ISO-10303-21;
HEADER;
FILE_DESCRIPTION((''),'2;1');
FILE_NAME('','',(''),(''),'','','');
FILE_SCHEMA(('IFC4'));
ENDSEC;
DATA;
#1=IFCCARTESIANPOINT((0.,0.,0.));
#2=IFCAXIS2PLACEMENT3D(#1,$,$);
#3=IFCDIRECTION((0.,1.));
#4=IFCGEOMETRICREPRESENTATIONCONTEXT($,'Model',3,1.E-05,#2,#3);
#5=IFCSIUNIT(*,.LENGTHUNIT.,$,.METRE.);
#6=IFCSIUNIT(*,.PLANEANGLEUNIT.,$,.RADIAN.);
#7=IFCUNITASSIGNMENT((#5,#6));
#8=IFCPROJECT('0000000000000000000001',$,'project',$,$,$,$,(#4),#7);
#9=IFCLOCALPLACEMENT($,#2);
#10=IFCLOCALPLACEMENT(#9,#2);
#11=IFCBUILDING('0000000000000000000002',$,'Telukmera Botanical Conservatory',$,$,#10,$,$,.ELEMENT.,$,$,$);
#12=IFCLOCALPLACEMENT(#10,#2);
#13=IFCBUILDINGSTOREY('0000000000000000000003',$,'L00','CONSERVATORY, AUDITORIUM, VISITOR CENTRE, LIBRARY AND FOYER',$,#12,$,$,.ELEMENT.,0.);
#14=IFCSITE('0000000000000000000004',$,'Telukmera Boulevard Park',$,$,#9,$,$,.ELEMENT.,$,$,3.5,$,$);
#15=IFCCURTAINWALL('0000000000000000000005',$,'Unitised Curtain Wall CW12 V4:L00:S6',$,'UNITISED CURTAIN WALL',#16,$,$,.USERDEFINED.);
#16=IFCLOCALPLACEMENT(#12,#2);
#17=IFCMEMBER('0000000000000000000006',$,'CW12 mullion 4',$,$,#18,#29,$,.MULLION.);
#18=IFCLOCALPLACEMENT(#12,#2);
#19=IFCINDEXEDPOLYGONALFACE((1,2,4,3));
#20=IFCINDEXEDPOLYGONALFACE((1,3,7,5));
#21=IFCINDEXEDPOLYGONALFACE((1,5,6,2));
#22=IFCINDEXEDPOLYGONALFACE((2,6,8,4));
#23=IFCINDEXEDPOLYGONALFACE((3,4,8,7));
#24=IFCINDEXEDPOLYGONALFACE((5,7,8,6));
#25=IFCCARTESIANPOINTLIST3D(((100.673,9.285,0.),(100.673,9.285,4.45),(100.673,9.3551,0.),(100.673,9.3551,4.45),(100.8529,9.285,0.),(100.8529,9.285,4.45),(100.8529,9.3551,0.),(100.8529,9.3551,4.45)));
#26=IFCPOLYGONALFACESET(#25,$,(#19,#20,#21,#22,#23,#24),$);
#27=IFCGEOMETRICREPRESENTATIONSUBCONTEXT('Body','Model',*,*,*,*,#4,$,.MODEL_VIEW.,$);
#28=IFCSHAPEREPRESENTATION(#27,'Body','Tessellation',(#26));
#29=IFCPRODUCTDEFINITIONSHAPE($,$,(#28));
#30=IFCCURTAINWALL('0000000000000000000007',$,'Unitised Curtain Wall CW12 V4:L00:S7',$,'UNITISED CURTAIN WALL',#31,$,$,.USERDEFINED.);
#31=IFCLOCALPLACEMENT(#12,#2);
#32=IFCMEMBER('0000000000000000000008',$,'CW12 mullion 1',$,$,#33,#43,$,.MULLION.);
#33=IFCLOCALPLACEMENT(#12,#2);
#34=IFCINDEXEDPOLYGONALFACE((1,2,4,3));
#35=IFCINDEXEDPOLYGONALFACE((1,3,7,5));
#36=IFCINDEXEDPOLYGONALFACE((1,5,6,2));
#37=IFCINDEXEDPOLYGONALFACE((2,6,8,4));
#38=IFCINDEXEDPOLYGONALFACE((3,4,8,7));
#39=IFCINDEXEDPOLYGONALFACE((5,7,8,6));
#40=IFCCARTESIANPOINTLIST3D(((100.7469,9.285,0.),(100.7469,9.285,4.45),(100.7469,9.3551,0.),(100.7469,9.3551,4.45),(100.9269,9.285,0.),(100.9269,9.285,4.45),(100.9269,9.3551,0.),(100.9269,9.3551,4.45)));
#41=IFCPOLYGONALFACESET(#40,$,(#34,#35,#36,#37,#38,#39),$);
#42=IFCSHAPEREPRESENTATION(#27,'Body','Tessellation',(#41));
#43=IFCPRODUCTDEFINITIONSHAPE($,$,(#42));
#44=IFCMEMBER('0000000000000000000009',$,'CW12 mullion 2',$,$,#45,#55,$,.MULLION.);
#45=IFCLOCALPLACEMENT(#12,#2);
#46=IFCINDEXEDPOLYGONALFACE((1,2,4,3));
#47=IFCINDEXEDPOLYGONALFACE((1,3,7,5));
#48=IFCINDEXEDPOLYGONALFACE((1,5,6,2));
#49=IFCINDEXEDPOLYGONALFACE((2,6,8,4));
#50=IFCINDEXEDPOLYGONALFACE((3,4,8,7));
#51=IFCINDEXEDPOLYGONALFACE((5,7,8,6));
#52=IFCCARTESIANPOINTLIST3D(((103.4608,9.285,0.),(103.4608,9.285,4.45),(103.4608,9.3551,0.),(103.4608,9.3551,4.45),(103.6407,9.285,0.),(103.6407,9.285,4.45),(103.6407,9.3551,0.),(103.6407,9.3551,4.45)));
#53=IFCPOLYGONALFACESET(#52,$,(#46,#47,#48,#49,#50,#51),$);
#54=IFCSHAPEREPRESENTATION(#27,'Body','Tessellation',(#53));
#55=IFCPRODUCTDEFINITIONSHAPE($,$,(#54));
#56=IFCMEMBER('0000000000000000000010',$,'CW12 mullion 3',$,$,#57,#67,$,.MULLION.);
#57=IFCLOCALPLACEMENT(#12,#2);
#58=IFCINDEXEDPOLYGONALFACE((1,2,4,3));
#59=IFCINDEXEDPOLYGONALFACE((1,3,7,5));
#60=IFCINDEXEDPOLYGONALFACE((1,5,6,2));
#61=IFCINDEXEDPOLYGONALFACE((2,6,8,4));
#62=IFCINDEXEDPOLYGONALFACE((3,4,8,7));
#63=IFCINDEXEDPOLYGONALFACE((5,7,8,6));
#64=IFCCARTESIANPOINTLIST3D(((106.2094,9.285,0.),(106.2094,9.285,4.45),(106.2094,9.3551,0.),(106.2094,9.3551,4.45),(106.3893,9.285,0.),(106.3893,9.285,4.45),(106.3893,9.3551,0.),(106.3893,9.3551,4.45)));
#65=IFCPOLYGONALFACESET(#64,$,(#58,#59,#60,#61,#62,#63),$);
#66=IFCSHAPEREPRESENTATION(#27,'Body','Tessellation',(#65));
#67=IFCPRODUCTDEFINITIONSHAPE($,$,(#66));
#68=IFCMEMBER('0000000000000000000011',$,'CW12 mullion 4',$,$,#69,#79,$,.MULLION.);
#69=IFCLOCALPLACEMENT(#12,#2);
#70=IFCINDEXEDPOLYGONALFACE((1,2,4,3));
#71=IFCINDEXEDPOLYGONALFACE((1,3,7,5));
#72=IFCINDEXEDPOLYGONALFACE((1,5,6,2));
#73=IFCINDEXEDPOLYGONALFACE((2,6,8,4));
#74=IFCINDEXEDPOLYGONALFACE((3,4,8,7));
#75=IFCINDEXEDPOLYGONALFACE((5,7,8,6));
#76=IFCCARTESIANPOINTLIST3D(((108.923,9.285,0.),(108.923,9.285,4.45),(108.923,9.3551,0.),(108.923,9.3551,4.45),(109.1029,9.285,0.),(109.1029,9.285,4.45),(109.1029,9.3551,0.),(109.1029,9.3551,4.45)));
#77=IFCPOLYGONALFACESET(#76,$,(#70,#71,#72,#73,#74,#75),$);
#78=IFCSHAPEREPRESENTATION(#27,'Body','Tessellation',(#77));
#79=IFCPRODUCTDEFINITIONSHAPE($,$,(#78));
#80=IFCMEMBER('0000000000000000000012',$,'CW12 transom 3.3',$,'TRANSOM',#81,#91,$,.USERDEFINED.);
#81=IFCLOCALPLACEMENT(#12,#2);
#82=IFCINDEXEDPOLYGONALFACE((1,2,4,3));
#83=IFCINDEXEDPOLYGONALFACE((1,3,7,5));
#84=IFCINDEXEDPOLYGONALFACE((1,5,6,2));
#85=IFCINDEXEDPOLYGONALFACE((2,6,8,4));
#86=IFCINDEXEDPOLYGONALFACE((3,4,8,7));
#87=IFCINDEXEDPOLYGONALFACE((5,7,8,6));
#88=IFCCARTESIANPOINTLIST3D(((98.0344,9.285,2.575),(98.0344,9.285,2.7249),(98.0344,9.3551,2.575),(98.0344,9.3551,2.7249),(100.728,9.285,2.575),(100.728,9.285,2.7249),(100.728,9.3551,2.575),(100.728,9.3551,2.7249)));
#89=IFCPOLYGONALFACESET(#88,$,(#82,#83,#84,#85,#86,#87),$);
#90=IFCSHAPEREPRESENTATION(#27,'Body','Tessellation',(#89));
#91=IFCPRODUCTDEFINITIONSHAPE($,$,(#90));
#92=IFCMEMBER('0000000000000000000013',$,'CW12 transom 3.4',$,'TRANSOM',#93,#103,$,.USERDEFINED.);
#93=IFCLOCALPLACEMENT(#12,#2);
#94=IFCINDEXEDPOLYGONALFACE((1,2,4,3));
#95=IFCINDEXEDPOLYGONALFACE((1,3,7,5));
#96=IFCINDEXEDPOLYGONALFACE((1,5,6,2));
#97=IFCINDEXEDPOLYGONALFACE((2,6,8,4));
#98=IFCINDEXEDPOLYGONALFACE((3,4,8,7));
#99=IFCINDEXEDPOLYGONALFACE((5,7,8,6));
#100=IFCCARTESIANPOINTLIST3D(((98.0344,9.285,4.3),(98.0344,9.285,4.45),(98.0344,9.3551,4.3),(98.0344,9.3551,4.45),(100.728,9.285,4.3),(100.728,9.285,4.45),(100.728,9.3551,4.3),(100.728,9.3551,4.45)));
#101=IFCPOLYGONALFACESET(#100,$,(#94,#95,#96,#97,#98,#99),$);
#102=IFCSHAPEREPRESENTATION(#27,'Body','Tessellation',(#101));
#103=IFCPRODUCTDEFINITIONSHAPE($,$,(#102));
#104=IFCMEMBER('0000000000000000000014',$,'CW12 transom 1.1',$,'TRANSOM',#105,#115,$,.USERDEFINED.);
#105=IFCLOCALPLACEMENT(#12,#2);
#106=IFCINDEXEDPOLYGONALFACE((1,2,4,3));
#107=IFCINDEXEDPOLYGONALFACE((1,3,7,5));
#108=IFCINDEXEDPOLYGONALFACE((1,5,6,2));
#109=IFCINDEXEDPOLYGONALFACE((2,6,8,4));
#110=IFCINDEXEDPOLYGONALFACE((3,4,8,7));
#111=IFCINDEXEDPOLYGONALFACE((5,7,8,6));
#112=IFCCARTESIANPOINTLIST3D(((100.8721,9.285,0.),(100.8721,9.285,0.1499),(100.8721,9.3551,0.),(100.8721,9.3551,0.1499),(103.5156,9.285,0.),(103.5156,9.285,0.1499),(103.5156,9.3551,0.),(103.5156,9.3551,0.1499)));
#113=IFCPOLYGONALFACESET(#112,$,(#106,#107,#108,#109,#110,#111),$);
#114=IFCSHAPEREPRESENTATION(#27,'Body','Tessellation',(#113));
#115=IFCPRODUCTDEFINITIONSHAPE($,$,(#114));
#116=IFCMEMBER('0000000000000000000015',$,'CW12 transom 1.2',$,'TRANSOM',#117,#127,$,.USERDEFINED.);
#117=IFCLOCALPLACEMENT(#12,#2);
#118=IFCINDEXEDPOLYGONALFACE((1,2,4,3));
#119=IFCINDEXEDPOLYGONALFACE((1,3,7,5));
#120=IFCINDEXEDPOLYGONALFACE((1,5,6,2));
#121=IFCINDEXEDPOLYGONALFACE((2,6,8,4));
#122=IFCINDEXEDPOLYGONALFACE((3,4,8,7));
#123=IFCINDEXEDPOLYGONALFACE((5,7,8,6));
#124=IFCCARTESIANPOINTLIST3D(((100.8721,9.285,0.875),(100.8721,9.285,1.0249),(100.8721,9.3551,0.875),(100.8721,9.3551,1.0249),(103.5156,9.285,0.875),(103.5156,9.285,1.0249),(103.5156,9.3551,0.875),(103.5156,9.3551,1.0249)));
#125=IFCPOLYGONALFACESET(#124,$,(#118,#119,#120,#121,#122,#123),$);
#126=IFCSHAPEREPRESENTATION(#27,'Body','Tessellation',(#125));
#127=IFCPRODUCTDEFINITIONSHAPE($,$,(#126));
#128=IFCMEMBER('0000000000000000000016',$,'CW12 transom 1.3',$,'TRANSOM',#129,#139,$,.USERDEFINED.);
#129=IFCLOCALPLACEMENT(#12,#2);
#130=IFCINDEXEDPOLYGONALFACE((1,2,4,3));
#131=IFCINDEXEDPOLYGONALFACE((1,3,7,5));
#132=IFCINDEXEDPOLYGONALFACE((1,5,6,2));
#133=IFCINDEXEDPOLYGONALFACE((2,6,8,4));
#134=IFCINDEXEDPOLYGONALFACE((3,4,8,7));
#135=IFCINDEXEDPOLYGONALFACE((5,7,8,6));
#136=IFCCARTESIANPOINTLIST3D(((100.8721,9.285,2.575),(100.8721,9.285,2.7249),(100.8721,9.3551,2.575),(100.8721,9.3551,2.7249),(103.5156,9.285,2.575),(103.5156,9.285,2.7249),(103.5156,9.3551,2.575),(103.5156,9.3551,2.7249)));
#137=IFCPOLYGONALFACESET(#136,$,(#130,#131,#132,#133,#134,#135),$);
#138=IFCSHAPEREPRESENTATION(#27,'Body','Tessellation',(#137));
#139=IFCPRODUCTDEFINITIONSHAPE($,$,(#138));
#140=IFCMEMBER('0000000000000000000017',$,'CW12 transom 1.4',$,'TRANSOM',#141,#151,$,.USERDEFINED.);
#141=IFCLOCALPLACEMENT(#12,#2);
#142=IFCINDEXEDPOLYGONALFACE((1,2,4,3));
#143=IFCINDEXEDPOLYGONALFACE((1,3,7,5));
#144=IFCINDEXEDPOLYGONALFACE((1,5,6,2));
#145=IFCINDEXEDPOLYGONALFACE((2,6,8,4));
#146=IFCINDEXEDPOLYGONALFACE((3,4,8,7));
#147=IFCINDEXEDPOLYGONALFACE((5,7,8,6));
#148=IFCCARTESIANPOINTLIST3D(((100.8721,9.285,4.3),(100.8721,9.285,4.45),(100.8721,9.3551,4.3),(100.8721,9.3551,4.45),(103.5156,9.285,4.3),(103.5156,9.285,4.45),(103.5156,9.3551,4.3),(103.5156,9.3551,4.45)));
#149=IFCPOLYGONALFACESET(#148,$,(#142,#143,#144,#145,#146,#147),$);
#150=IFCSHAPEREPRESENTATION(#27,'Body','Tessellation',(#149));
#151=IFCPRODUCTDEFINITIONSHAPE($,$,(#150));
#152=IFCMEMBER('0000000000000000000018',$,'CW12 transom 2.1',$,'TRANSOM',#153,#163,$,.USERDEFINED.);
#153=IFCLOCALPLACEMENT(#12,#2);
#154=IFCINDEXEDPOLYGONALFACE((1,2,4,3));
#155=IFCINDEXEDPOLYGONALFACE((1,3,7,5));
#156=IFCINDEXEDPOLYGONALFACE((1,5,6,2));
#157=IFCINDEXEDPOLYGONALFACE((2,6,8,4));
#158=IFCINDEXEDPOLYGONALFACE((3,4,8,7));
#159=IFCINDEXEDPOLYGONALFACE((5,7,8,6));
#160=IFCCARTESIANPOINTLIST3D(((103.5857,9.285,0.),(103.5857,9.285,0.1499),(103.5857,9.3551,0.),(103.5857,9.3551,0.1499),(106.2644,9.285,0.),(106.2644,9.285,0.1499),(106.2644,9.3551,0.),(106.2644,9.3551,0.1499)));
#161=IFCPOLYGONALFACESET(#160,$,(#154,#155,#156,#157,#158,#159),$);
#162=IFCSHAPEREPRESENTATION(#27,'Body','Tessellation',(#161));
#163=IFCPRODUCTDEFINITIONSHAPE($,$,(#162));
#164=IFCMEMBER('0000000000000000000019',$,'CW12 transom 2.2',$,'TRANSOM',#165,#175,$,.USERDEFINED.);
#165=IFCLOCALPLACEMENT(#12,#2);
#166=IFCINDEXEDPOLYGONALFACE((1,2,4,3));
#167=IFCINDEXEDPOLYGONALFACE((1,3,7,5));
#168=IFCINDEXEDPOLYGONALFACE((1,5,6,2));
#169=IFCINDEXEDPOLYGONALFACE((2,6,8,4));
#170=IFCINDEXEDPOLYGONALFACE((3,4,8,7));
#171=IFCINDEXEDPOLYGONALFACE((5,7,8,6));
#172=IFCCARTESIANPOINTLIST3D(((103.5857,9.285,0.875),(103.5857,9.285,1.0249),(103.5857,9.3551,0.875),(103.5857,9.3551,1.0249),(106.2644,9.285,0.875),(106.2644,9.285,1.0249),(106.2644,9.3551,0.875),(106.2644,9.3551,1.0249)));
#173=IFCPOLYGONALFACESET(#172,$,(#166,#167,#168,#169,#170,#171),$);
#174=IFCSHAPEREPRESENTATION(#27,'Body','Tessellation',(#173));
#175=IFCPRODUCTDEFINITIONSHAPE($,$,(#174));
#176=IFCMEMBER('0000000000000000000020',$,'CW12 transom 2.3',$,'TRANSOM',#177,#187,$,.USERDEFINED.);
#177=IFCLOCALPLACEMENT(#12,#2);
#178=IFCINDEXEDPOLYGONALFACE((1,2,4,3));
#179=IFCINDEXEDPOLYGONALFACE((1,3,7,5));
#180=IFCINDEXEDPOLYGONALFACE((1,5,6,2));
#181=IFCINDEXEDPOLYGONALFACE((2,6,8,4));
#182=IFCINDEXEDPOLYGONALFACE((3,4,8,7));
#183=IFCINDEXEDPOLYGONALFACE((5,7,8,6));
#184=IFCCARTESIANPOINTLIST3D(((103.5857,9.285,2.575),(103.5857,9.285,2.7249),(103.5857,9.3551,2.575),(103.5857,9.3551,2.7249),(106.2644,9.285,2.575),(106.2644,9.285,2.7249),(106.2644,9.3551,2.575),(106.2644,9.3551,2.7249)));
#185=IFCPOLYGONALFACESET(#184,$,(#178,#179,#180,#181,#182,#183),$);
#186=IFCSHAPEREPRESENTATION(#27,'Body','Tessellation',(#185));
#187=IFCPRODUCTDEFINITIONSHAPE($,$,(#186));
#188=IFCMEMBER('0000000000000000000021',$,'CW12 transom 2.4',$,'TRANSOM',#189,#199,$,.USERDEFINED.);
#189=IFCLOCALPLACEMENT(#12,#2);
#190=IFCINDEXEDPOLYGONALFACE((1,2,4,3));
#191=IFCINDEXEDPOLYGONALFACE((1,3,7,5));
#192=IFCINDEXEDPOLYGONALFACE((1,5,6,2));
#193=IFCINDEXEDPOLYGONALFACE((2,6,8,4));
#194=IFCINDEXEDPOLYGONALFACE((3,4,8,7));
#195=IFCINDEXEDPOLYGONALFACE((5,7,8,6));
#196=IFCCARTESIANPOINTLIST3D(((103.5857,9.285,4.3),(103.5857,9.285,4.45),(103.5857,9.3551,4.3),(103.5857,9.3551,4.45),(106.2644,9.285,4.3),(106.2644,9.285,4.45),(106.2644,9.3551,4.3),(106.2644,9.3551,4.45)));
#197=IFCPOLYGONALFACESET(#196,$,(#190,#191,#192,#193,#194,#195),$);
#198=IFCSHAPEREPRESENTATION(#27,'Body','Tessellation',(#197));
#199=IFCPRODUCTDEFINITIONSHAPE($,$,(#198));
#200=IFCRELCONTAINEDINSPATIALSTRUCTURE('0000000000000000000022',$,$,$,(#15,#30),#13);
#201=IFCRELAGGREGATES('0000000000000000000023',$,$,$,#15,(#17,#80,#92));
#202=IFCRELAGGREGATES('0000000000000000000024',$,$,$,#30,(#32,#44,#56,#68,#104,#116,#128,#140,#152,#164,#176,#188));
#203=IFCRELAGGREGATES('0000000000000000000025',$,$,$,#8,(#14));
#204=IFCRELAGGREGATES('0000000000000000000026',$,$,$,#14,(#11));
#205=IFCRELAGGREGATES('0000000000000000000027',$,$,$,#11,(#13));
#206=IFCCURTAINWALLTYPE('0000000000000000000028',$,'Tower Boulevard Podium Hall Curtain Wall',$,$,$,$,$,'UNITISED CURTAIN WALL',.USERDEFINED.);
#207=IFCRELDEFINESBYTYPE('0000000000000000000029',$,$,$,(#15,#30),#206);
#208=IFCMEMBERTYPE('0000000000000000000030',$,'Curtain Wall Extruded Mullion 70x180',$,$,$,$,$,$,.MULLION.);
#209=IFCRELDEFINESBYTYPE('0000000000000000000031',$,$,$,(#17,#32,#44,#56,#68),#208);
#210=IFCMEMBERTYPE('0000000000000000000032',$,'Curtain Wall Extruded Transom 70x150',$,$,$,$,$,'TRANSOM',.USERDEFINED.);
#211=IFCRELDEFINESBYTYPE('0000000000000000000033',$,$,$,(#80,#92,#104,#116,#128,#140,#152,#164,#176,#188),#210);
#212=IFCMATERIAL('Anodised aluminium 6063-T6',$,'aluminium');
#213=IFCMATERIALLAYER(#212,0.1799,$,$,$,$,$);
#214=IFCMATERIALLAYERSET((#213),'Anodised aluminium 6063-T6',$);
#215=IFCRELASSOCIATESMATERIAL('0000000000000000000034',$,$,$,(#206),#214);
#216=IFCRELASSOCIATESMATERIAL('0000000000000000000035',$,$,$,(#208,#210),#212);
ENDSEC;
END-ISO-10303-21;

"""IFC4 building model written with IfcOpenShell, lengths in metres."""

from ifc_helpers import new_model, si_unit, direction, frame, origin, origin_2d, place, context, subcontext, project, spatial, rectangle, extrude, material, layer, layer_set, material_profile, profile_set, type_object, element, aggregate, save


model = new_model("IFC4")

# Units and contexts
model_context = context("Model", 3, precision=1e-05, world=origin(), true_north=direction((0.0, 1.0)))
body_context = subcontext(model_context, "Body", "Model", "MODEL_VIEW")
ifc_project = project(units=[si_unit("LENGTHUNIT", "METRE"), si_unit("PLANEANGLEUNIT", "RADIAN")], contexts=[model_context])

# Site, building, storey
site_placement = place(None, origin())
site = spatial("IfcSite", under=ifc_project, at=site_placement, Name="Telukmera Boulevard Park", CompositionType="ELEMENT", RefElevation=3.5)
building_placement = place(site_placement, origin())
building = spatial("IfcBuilding", under=site, at=building_placement, Name="Telukmera Botanical Conservatory", CompositionType="ELEMENT")
storey_placement = place(building_placement, origin())
storey = spatial("IfcBuildingStorey", under=building, at=storey_placement, Name="L00", Description="CONSERVATORY, AUDITORIUM, VISITOR CENTRE, LIBRARY AND FOYER", CompositionType="ELEMENT", Elevation=0.0)

# Curtain wall, member
ifc_material_1 = material(Name="Anodised aluminium 6063-T6", Category="aluminium")
ifc_layer_1 = layer(ifc_material_1, 0.1799)
ifc_layer_set_1 = layer_set([ifc_layer_1], Name="Anodised aluminium 6063-T6")
curtain_wall_type = type_object("IfcCurtainWallType", Name="Tower Boulevard Podium Hall Curtain Wall", ElementType="UNITISED CURTAIN WALL", PredefinedType="USERDEFINED", material=ifc_layer_set_1)
curtain_wall_1_placement = place(storey_placement, origin())
curtain_wall_1 = element("IfcCurtainWall", 1, at=curtain_wall_1_placement, inside=storey, type_object=curtain_wall_type, Name="Unitised Curtain Wall CW12 V4:L00:S6", ObjectType="UNITISED CURTAIN WALL", PredefinedType="USERDEFINED")
ifc_material_profile_1 = material_profile(ifc_material_1, rectangle(XDim=0.0701, YDim=0.1799, at=origin_2d()), Name="ALU MULL 70x180")
ifc_profile_set_1 = profile_set([ifc_material_profile_1], Name="Anodised aluminium 6063-T6")
member_type_1 = type_object("IfcMemberType", Name="Curtain Wall Extruded Mullion 70x180", PredefinedType="MULLION", material=ifc_profile_set_1)
member_1_placement = place(storey_placement, frame((100.7629, 9.3201, 0.0), z_axis=(0.0, 0.0, 1.0), x_axis=(0.0, 1.0, 0.0)))
member_1 = element("IfcMember", 2, at=member_1_placement, type_object=member_type_1, Name="CW12 mullion 4", PredefinedType="MULLION", context=body_context, shape_type="SweptSolid", body=[
    extrude(rectangle(XDim=0.0701, YDim=0.1799, at=origin_2d()), origin(), (0.0, 0.0, 1.0), 4.45),
])

# Curtain wall, members
curtain_wall_2_placement = place(storey_placement, origin())
curtain_wall_2 = element("IfcCurtainWall", 3, at=curtain_wall_2_placement, inside=storey, type_object=curtain_wall_type, Name="Unitised Curtain Wall CW12 V4:L00:S7", ObjectType="UNITISED CURTAIN WALL", PredefinedType="USERDEFINED")
member_2_placement = place(storey_placement, frame((100.8369, 9.3201, 0.0), z_axis=(0.0, 0.0, 1.0), x_axis=(0.0, 1.0, 0.0)))
member_2 = element("IfcMember", 4, at=member_2_placement, type_object=member_type_1, Name="CW12 mullion 1", PredefinedType="MULLION", context=body_context, shape_type="SweptSolid", body=[
    extrude(rectangle(XDim=0.0701, YDim=0.1799, at=origin_2d()), origin(), (0.0, 0.0, 1.0), 4.45),
])
member_3_placement = place(storey_placement, frame((103.5508, 9.3201, 0.0), z_axis=(0.0, 0.0, 1.0), x_axis=(0.0, 1.0, 0.0)))
member_3 = element("IfcMember", 5, at=member_3_placement, type_object=member_type_1, Name="CW12 mullion 2", PredefinedType="MULLION", context=body_context, shape_type="SweptSolid", body=[
    extrude(rectangle(XDim=0.0701, YDim=0.1799, at=origin_2d()), origin(), (0.0, 0.0, 1.0), 4.45),
])
member_4_placement = place(storey_placement, frame((106.2993, 9.3201, 0.0), z_axis=(0.0, 0.0, 1.0), x_axis=(0.0, 1.0, 0.0)))
member_4 = element("IfcMember", 6, at=member_4_placement, type_object=member_type_1, Name="CW12 mullion 3", PredefinedType="MULLION", context=body_context, shape_type="SweptSolid", body=[
    extrude(rectangle(XDim=0.0701, YDim=0.1799, at=origin_2d()), origin(), (0.0, 0.0, 1.0), 4.45),
])
member_5_placement = place(storey_placement, frame((109.0129, 9.3201, 0.0), z_axis=(0.0, 0.0, 1.0), x_axis=(0.0, 1.0, 0.0)))
member_5 = element("IfcMember", 7, at=member_5_placement, type_object=member_type_1, Name="CW12 mullion 4", PredefinedType="MULLION", context=body_context, shape_type="SweptSolid", body=[
    extrude(rectangle(XDim=0.0701, YDim=0.1799, at=origin_2d()), origin(), (0.0, 0.0, 1.0), 4.45),
])

# Members
ifc_material_profile_2 = material_profile(ifc_material_1, rectangle(XDim=0.0701, YDim=0.1499, at=origin_2d()), Name="ALU TRAN 70x150")
ifc_profile_set_2 = profile_set([ifc_material_profile_2], Name="Anodised aluminium 6063-T6")
member_type_2 = type_object("IfcMemberType", Name="Curtain Wall Extruded Transom 70x150", ElementType="TRANSOM", PredefinedType="USERDEFINED", material=ifc_profile_set_2)
member_6_placement = place(storey_placement, frame((98.0344, 9.3201, 2.6499), z_axis=(1.0, 0.0, 0.0), x_axis=(0.0, 1.0, 0.0)))
member_6 = element("IfcMember", 8, at=member_6_placement, type_object=member_type_2, Name="CW12 transom 3.3", ObjectType="TRANSOM", PredefinedType="USERDEFINED", context=body_context, shape_type="SweptSolid", body=[
    extrude(rectangle(XDim=0.0701, YDim=0.1499, at=origin_2d()), origin(), (0.0, 0.0, 1.0), 2.6936),
])
member_7_placement = place(storey_placement, frame((98.0344, 9.3201, 4.375), z_axis=(1.0, 0.0, 0.0), x_axis=(0.0, 1.0, 0.0)))
member_7 = element("IfcMember", 9, at=member_7_placement, type_object=member_type_2, Name="CW12 transom 3.4", ObjectType="TRANSOM", PredefinedType="USERDEFINED", context=body_context, shape_type="SweptSolid", body=[
    extrude(rectangle(XDim=0.0701, YDim=0.1499, at=origin_2d()), origin(), (0.0, 0.0, 1.0), 2.6936),
])
member_8_placement = place(storey_placement, frame((100.8721, 9.3201, 0.075), z_axis=(1.0, 0.0, 0.0), x_axis=(0.0, 1.0, 0.0)))
member_8 = element("IfcMember", 10, at=member_8_placement, type_object=member_type_2, Name="CW12 transom 1.1", ObjectType="TRANSOM", PredefinedType="USERDEFINED", context=body_context, shape_type="SweptSolid", body=[
    extrude(rectangle(XDim=0.0701, YDim=0.1499, at=origin_2d()), origin(), (0.0, 0.0, 1.0), 2.6436),
])
member_9_placement = place(storey_placement, frame((100.8721, 9.3201, 0.95), z_axis=(1.0, 0.0, 0.0), x_axis=(0.0, 1.0, 0.0)))
member_9 = element("IfcMember", 11, at=member_9_placement, type_object=member_type_2, Name="CW12 transom 1.2", ObjectType="TRANSOM", PredefinedType="USERDEFINED", context=body_context, shape_type="SweptSolid", body=[
    extrude(rectangle(XDim=0.0701, YDim=0.1499, at=origin_2d()), origin(), (0.0, 0.0, 1.0), 2.6436),
])
member_10_placement = place(storey_placement, frame((100.8721, 9.3201, 2.6499), z_axis=(1.0, 0.0, 0.0), x_axis=(0.0, 1.0, 0.0)))
member_10 = element("IfcMember", 12, at=member_10_placement, type_object=member_type_2, Name="CW12 transom 1.3", ObjectType="TRANSOM", PredefinedType="USERDEFINED", context=body_context, shape_type="SweptSolid", body=[
    extrude(rectangle(XDim=0.0701, YDim=0.1499, at=origin_2d()), origin(), (0.0, 0.0, 1.0), 2.6436),
])
member_11_placement = place(storey_placement, frame((100.8721, 9.3201, 4.375), z_axis=(1.0, 0.0, 0.0), x_axis=(0.0, 1.0, 0.0)))
member_11 = element("IfcMember", 13, at=member_11_placement, type_object=member_type_2, Name="CW12 transom 1.4", ObjectType="TRANSOM", PredefinedType="USERDEFINED", context=body_context, shape_type="SweptSolid", body=[
    extrude(rectangle(XDim=0.0701, YDim=0.1499, at=origin_2d()), origin(), (0.0, 0.0, 1.0), 2.6436),
])
member_12_placement = place(storey_placement, frame((103.5857, 9.3201, 0.075), z_axis=(1.0, 0.0, 0.0), x_axis=(0.0, 1.0, 0.0)))
member_12 = element("IfcMember", 14, at=member_12_placement, type_object=member_type_2, Name="CW12 transom 2.1", ObjectType="TRANSOM", PredefinedType="USERDEFINED", context=body_context, shape_type="SweptSolid", body=[
    extrude(rectangle(XDim=0.0701, YDim=0.1499, at=origin_2d()), origin(), (0.0, 0.0, 1.0), 2.6787),
])
member_13_placement = place(storey_placement, frame((103.5857, 9.3201, 0.95), z_axis=(1.0, 0.0, 0.0), x_axis=(0.0, 1.0, 0.0)))
member_13 = element("IfcMember", 15, at=member_13_placement, type_object=member_type_2, Name="CW12 transom 2.2", ObjectType="TRANSOM", PredefinedType="USERDEFINED", context=body_context, shape_type="SweptSolid", body=[
    extrude(rectangle(XDim=0.0701, YDim=0.1499, at=origin_2d()), origin(), (0.0, 0.0, 1.0), 2.6787),
])
member_14_placement = place(storey_placement, frame((103.5857, 9.3201, 2.6499), z_axis=(1.0, 0.0, 0.0), x_axis=(0.0, 1.0, 0.0)))
member_14 = element("IfcMember", 16, at=member_14_placement, type_object=member_type_2, Name="CW12 transom 2.3", ObjectType="TRANSOM", PredefinedType="USERDEFINED", context=body_context, shape_type="SweptSolid", body=[
    extrude(rectangle(XDim=0.0701, YDim=0.1499, at=origin_2d()), origin(), (0.0, 0.0, 1.0), 2.6787),
])
member_15_placement = place(storey_placement, frame((103.5857, 9.3201, 4.375), z_axis=(1.0, 0.0, 0.0), x_axis=(0.0, 1.0, 0.0)))
member_15 = element("IfcMember", 17, at=member_15_placement, type_object=member_type_2, Name="CW12 transom 2.4", ObjectType="TRANSOM", PredefinedType="USERDEFINED", context=body_context, shape_type="SweptSolid", body=[
    extrude(rectangle(XDim=0.0701, YDim=0.1499, at=origin_2d()), origin(), (0.0, 0.0, 1.0), 2.6787),
])

aggregate(curtain_wall_1, [member_1, member_6, member_7])
aggregate(curtain_wall_2, [member_2, member_3, member_4, member_5, member_8, member_9, member_10, member_11, member_12, member_13, member_14, member_15])

save(model, "model.ifc")
